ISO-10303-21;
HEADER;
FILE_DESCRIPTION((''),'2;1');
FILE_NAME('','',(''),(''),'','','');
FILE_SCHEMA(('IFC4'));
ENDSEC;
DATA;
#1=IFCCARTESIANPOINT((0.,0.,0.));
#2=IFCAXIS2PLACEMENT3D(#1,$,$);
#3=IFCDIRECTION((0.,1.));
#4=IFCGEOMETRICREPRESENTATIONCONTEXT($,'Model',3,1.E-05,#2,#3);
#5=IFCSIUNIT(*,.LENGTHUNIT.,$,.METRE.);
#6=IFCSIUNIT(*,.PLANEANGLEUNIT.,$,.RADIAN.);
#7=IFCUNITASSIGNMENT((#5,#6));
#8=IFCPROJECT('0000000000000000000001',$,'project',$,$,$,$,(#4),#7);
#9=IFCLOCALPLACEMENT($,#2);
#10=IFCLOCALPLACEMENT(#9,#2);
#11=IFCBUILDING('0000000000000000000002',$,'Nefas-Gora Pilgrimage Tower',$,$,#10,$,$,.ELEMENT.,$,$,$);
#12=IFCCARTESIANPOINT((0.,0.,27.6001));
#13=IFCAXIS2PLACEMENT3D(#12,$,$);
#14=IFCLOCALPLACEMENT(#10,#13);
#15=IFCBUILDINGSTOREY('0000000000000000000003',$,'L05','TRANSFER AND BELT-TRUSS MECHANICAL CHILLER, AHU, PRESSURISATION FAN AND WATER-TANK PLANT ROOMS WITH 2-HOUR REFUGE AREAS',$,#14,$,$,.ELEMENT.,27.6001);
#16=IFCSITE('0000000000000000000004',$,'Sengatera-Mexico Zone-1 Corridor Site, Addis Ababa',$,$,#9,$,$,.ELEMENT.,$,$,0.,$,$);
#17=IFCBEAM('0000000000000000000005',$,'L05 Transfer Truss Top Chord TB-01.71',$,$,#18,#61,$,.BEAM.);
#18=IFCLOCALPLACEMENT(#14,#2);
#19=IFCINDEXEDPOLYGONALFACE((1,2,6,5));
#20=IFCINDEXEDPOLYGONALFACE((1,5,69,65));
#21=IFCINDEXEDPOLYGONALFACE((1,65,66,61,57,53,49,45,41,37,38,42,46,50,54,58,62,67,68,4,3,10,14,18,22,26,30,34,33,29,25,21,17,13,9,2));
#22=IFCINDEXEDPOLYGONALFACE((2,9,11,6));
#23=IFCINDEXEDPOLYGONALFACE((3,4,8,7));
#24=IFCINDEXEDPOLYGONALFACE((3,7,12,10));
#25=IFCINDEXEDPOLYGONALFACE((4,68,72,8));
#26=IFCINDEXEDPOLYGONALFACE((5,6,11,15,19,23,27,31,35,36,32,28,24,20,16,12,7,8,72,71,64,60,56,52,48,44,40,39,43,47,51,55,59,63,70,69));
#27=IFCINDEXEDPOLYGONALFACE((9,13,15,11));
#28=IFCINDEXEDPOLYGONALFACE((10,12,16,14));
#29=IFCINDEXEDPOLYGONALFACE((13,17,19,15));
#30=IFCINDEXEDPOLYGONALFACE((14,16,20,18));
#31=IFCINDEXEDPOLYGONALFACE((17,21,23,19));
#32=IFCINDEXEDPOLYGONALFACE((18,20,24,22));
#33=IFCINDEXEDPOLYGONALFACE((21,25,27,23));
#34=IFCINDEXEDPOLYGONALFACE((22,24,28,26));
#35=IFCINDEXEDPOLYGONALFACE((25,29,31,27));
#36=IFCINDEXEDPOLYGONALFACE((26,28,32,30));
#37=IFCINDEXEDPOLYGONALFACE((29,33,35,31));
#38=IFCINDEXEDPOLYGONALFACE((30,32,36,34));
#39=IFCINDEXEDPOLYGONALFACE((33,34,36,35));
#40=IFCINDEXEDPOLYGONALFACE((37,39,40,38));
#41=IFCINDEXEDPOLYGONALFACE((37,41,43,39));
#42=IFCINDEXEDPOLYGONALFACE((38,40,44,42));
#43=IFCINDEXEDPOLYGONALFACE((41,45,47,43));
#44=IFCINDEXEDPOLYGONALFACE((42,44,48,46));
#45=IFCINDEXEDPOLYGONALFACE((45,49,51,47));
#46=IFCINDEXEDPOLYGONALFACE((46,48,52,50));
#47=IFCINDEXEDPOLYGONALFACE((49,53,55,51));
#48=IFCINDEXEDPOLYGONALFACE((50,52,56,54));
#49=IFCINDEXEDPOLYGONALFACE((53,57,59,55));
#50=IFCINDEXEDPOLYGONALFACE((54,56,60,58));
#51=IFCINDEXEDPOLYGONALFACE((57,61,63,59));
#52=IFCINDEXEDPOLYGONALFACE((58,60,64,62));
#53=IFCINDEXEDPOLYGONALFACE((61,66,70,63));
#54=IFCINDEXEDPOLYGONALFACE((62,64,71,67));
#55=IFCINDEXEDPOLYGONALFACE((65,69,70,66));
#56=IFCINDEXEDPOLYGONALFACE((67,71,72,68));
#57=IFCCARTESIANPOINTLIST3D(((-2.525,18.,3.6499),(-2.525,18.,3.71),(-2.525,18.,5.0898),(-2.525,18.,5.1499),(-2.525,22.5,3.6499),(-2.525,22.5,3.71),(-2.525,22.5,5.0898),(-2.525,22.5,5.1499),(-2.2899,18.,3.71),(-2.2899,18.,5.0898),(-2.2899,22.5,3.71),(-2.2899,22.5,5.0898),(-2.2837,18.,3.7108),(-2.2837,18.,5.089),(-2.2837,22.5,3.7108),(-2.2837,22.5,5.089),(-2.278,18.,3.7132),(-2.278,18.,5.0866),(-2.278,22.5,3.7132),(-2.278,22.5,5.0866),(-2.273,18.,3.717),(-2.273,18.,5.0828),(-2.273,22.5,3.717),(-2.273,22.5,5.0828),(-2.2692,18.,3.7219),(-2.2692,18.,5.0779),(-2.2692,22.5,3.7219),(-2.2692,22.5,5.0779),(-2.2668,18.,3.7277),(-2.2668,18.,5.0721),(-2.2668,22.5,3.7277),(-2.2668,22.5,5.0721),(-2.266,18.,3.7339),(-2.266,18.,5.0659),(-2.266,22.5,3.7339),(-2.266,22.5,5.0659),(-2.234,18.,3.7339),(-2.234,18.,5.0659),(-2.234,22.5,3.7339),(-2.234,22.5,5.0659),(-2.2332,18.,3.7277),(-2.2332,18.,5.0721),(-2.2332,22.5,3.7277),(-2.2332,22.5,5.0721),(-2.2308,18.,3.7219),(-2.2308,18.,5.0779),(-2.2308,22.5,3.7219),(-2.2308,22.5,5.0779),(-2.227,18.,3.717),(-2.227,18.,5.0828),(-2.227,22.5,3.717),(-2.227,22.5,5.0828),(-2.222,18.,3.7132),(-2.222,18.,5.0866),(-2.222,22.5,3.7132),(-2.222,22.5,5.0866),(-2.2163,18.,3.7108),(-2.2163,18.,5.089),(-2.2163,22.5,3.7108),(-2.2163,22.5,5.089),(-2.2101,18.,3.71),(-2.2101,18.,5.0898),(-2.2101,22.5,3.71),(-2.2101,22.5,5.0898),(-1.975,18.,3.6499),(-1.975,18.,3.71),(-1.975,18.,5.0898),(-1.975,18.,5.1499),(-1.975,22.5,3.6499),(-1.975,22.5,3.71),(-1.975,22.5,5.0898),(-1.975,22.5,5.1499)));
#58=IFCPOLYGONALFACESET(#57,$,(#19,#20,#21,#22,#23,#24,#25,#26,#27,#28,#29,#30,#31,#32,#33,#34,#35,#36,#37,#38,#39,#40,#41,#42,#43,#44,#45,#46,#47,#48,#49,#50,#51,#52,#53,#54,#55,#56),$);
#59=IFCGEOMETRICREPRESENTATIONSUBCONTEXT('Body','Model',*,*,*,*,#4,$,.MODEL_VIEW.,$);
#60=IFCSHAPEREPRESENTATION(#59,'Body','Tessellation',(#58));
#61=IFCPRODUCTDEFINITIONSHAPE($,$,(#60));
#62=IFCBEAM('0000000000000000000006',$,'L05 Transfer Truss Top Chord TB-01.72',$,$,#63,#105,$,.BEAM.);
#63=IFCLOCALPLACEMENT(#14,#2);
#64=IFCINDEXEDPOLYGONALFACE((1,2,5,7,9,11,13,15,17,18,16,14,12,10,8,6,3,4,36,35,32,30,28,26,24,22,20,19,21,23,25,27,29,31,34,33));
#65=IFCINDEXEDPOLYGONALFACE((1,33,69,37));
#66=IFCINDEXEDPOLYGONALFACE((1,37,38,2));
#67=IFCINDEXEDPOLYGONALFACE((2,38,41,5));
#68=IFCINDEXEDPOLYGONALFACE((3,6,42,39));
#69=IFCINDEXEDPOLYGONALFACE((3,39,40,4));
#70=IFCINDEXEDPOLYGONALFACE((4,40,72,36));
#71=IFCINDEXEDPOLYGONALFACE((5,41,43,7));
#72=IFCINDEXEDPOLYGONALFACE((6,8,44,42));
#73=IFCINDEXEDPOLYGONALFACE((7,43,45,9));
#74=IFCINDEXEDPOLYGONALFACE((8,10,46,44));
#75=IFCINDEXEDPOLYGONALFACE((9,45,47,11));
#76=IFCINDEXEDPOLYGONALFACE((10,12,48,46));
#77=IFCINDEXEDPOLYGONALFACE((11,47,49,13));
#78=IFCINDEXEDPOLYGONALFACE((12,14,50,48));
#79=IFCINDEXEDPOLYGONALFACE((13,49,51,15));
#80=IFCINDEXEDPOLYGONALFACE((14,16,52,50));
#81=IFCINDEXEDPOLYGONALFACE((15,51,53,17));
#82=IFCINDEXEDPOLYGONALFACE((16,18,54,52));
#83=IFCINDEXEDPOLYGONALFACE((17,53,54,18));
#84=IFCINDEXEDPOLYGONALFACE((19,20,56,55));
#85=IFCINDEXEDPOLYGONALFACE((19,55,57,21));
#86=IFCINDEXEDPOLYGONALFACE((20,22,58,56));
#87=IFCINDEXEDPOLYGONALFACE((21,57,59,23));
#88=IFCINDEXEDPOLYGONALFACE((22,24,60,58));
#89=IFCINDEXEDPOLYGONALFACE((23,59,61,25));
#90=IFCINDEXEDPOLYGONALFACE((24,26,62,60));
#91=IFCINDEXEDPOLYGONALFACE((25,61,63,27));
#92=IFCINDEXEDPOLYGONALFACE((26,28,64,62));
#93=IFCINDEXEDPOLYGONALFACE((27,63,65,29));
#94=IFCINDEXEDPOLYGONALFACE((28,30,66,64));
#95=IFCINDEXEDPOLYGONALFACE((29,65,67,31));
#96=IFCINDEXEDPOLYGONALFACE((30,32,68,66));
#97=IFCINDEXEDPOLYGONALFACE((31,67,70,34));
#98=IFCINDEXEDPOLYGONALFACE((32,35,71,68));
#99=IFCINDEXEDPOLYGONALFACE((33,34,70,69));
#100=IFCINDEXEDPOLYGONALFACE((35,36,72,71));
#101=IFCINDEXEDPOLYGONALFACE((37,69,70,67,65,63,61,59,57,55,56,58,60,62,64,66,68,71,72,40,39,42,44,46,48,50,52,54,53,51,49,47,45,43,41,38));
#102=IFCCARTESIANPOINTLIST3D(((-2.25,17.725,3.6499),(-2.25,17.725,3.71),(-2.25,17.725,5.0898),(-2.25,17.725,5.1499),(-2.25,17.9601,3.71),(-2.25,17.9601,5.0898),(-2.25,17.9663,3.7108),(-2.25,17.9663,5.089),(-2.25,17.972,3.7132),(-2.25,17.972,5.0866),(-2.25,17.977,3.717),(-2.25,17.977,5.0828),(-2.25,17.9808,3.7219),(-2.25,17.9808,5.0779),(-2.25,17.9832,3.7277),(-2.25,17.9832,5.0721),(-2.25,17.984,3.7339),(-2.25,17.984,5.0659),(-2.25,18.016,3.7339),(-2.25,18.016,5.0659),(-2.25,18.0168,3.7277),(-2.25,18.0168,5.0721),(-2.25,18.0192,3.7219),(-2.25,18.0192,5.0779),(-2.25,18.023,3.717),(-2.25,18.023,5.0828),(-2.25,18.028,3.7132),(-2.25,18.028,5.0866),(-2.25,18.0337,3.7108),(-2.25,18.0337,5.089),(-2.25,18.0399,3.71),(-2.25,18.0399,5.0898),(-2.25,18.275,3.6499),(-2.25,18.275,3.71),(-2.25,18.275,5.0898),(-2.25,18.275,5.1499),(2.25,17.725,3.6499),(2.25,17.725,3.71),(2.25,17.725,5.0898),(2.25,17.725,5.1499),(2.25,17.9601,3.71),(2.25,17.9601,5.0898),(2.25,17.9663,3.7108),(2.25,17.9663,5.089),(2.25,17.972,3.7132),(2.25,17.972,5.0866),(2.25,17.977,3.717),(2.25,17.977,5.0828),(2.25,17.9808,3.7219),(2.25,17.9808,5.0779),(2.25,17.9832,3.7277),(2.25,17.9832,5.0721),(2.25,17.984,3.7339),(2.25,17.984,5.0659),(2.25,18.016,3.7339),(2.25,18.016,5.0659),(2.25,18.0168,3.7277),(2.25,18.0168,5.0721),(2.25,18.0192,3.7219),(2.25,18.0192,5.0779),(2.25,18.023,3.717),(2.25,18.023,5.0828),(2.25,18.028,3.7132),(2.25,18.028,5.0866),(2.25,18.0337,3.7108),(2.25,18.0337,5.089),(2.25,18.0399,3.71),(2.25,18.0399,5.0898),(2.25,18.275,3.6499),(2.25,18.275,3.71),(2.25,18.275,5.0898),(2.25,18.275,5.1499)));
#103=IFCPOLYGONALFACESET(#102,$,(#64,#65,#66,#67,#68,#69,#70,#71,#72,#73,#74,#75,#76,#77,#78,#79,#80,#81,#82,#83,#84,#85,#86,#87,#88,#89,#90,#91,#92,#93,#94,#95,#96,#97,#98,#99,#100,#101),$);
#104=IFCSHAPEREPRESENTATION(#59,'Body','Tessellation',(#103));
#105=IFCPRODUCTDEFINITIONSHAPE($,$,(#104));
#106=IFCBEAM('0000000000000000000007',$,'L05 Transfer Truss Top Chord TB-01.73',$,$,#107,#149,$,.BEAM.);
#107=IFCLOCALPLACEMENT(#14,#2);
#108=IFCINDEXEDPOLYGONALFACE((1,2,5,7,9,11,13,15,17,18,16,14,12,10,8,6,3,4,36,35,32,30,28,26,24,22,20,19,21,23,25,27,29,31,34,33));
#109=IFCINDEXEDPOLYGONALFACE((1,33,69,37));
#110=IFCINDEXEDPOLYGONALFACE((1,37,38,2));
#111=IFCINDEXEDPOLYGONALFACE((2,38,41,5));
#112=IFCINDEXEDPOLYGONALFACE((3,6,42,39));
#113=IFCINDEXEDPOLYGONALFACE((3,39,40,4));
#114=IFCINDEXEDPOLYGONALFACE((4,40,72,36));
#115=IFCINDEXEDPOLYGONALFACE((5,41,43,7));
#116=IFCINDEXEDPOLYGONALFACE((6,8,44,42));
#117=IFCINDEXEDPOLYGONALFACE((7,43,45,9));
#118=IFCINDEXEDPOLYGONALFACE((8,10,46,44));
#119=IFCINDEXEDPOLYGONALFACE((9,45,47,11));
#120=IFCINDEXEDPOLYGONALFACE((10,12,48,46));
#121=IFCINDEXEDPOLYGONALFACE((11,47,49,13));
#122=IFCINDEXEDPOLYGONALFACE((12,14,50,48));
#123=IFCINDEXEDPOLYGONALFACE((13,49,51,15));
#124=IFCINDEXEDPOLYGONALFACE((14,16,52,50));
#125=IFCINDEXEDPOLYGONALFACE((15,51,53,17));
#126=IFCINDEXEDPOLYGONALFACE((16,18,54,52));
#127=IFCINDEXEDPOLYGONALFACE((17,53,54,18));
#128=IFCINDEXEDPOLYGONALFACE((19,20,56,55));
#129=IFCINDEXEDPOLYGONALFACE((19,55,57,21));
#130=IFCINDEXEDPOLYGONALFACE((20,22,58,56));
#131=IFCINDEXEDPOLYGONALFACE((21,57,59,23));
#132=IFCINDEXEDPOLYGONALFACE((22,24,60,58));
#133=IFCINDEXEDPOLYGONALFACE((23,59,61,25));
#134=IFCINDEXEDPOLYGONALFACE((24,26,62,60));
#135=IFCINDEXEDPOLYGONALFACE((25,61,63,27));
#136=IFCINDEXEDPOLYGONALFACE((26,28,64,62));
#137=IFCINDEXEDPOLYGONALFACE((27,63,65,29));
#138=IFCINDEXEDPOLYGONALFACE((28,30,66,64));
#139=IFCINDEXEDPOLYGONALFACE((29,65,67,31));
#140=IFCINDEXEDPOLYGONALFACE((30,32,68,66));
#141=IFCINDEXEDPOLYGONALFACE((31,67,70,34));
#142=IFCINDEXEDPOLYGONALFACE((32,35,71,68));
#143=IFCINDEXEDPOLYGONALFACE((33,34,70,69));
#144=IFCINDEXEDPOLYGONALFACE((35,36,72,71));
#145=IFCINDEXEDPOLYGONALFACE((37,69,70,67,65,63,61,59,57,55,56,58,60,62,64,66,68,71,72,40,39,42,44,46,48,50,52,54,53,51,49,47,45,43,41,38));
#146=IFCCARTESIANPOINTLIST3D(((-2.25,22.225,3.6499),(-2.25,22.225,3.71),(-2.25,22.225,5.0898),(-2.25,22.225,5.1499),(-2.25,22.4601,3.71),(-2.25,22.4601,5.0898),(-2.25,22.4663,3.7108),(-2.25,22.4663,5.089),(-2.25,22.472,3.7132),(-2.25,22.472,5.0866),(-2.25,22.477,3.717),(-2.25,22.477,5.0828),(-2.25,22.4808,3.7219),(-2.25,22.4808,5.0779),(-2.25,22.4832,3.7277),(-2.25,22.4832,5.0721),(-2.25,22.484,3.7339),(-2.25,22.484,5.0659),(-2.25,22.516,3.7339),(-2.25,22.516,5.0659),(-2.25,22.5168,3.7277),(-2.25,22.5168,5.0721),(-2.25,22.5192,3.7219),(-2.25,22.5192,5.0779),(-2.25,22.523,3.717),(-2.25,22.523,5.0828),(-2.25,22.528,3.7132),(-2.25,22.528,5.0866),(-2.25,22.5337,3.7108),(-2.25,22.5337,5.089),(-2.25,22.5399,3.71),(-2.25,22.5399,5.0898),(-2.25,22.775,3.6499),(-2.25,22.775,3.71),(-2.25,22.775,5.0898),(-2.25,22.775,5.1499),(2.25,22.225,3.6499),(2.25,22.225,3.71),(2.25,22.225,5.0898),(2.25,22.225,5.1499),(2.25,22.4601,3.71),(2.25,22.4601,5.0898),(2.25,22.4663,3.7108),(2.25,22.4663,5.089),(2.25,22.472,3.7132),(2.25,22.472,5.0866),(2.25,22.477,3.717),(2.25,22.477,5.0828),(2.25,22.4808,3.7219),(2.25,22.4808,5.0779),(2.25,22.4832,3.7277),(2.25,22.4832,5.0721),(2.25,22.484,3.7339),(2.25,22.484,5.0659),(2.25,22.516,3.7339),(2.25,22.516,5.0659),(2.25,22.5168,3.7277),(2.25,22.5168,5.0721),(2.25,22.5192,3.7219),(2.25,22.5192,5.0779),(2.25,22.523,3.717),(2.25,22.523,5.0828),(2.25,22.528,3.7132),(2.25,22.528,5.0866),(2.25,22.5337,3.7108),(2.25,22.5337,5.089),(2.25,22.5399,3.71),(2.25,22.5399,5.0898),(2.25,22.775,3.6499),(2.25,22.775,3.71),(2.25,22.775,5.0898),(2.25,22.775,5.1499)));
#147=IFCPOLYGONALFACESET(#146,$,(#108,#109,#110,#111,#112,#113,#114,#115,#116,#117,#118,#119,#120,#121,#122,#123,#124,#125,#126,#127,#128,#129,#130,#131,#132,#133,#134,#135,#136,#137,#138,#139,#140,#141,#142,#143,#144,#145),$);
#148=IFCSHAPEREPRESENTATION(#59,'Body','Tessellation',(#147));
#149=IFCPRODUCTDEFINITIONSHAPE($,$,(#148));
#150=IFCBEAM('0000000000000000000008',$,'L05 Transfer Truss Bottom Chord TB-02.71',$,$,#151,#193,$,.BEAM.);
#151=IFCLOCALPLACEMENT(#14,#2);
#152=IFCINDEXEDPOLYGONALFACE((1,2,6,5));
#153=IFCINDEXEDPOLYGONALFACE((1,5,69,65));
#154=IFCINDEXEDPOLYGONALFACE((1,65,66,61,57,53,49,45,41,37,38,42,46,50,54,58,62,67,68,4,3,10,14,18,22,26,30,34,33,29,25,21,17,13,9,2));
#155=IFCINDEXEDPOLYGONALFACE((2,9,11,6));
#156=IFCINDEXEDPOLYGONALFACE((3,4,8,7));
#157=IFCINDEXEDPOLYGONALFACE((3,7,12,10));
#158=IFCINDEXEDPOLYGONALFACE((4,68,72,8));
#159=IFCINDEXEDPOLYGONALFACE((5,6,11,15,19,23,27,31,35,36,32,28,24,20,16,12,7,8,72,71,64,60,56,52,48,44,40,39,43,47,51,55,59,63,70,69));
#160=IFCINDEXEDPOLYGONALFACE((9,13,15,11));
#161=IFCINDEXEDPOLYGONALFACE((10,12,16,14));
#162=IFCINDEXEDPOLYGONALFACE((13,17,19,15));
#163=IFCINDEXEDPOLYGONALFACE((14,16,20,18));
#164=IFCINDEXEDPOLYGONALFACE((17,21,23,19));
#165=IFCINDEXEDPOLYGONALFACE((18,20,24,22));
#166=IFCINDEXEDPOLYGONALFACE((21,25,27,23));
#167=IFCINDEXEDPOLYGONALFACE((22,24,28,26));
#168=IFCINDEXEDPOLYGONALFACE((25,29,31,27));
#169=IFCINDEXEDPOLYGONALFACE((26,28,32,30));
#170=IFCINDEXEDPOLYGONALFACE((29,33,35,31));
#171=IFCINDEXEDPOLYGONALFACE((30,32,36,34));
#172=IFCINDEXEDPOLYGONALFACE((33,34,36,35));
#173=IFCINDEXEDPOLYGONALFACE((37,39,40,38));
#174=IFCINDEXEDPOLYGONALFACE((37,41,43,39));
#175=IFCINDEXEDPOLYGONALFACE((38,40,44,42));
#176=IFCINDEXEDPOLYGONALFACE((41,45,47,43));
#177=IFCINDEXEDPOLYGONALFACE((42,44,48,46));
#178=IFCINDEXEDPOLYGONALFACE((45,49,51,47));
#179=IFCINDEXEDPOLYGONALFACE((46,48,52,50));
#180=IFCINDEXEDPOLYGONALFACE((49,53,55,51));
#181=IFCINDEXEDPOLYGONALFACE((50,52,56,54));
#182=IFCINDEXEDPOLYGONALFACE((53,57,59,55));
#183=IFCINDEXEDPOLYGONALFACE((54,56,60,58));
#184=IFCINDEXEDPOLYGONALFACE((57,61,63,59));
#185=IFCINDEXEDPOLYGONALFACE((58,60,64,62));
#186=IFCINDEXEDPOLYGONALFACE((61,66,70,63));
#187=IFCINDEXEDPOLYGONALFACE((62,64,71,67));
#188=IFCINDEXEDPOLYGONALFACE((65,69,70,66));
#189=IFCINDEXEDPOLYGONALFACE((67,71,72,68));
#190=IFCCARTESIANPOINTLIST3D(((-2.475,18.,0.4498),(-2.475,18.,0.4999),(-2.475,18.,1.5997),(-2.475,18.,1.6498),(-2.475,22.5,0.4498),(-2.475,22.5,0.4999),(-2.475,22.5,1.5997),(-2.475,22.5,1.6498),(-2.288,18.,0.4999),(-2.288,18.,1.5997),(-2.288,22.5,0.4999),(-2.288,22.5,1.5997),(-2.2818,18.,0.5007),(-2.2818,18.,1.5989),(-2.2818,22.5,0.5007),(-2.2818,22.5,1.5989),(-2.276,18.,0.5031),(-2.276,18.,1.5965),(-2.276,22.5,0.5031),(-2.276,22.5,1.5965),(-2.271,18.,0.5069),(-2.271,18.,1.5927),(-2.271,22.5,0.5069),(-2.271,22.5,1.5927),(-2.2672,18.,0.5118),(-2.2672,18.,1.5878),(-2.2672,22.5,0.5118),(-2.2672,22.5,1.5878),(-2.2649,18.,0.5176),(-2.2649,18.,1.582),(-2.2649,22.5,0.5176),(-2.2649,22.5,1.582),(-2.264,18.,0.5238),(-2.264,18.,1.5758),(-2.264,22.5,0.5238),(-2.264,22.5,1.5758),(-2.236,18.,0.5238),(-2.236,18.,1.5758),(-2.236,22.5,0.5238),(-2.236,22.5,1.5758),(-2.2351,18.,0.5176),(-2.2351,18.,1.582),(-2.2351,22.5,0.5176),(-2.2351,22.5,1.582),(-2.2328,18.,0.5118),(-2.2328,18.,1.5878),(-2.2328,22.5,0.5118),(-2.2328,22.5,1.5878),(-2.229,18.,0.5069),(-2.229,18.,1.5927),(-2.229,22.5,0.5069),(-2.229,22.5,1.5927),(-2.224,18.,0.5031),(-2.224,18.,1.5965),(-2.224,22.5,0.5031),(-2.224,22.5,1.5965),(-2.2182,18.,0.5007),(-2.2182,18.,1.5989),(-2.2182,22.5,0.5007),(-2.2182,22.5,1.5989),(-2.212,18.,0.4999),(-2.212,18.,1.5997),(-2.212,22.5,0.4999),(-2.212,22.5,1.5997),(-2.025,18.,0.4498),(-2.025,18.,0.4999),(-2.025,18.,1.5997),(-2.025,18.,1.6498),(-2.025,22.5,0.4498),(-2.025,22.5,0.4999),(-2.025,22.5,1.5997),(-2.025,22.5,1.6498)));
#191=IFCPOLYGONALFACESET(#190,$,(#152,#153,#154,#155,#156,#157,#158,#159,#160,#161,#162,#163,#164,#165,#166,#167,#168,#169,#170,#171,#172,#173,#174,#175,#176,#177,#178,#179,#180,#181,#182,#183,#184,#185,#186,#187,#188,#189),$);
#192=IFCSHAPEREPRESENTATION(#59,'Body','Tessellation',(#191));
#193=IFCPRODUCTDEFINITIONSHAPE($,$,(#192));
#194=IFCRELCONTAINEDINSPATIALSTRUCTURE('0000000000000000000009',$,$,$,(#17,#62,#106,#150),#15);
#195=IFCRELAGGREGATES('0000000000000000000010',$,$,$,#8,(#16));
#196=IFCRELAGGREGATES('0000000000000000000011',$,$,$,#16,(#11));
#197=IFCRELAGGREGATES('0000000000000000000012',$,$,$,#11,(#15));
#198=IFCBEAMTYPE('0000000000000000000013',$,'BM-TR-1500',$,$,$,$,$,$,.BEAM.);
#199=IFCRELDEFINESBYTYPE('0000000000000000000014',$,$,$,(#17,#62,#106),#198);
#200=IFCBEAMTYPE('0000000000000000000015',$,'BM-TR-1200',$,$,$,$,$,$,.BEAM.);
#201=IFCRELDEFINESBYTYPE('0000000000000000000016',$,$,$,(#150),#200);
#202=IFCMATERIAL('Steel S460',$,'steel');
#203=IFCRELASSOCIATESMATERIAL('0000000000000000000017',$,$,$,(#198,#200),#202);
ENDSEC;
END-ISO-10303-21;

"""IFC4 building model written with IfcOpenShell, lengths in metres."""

from ifc_helpers import new_model, si_unit, direction, frame, origin, origin_2d, place, context, subcontext, project, spatial, i_section, extrude, source, transform, mapped, material, material_profile, profile_set, type_object, element, save


model = new_model("IFC4")

# Units and contexts
model_context = context("Model", 3, precision=1e-05, world=origin(), true_north=direction((0.0, 1.0)))
body_context = subcontext(model_context, "Body", "Model", "MODEL_VIEW")
ifc_project = project(units=[si_unit("LENGTHUNIT", "METRE"), si_unit("PLANEANGLEUNIT", "RADIAN")], contexts=[model_context])

# Site, building, storey
site_placement = place(None, origin())
site = spatial("IfcSite", under=ifc_project, at=site_placement, Name="Sengatera-Mexico Zone-1 Corridor Site, Addis Ababa", CompositionType="ELEMENT", RefElevation=0.0)
building_placement = place(site_placement, origin())
building = spatial("IfcBuilding", under=site, at=building_placement, Name="Nefas-Gora Pilgrimage Tower", CompositionType="ELEMENT")
storey_placement = place(building_placement, frame((0.0, 0.0, 27.6001)))
storey = spatial("IfcBuildingStorey", under=building, at=storey_placement, Name="L05", Description="TRANSFER AND BELT-TRUSS MECHANICAL CHILLER, AHU, PRESSURISATION FAN AND WATER-TANK PLANT ROOMS WITH 2-HOUR REFUGE AREAS", CompositionType="ELEMENT", Elevation=27.6001)

# Shared definitions
ifc_material = material(Name="Steel S460", Category="steel")

# Beams
ifc_material_profile_1 = material_profile(ifc_material, i_section(OverallWidth=0.55, OverallDepth=1.5, WebThickness=0.032, FlangeThickness=0.0601, FilletRadius=0.0239, at=origin_2d()), Name="WPG 1500x550x32x60")
ifc_profile_set_1 = profile_set([ifc_material_profile_1], Name="Steel S460")
beam_type_1 = type_object("IfcBeamType", Name="BM-TR-1500", PredefinedType="BEAM", material=ifc_profile_set_1)
shared_shape_1 = source(origin(), body_context, "Body", "SweptSolid", [
    extrude(i_section(OverallWidth=0.55, OverallDepth=1.5, WebThickness=0.032, FlangeThickness=0.0601, FilletRadius=0.0239, at=origin_2d()), origin(), (0.0, 0.0, 1.0), 4.5),
])
for number, where, z_axis, x_axis, name in (
    (1, (-2.25, 18.0, 4.3999), (0.0, 1.0, 0.0), (-1.0, 0.0, 0.0), "L05 Transfer Truss Top Chord TB-01.71"),
    (2, (-2.25, 18.0, 4.3999), (1.0, 0.0, 0.0), (0.0, 1.0, 0.0), "L05 Transfer Truss Top Chord TB-01.72"),
    (3, (-2.25, 22.5, 4.3999), (1.0, 0.0, 0.0), (0.0, 1.0, 0.0), "L05 Transfer Truss Top Chord TB-01.73"),
):
    element("IfcBeam", number, at=place(storey_placement, frame(where, z_axis=z_axis, x_axis=x_axis)), inside=storey, type_object=beam_type_1, Name=name, PredefinedType="BEAM", context=body_context, shape_type="MappedRepresentation", body=[
        mapped(shared_shape_1, transform((0.0, 0.0, 0.0), x_axis=(1.0, 0.0, 0.0), y_axis=(0.0, 1.0, 0.0), z_axis=(0.0, 0.0, 1.0), scale=1.0)),
    ])
ifc_material_profile_2 = material_profile(ifc_material, i_section(OverallWidth=0.45, OverallDepth=1.2, WebThickness=0.0281, FlangeThickness=0.05, FilletRadius=0.0239, at=origin_2d()), Name="WPG 1200x450x28x50")
ifc_profile_set_2 = profile_set([ifc_material_profile_2], Name="Steel S460")
beam_type_2 = type_object("IfcBeamType", Name="BM-TR-1200", PredefinedType="BEAM", material=ifc_profile_set_2)
shared_shape_2 = source(origin(), body_context, "Body", "SweptSolid", [
    extrude(i_section(OverallWidth=0.45, OverallDepth=1.2, WebThickness=0.0281, FlangeThickness=0.05, FilletRadius=0.0239, at=origin_2d()), origin(), (0.0, 0.0, 1.0), 4.5),
])
for number, where, z_axis, x_axis, name in (
    (4, (-2.25, 18.0, 1.0498), (0.0, 1.0, 0.0), (-1.0, 0.0, 0.0), "L05 Transfer Truss Bottom Chord TB-02.71"),
):
    element("IfcBeam", number, at=place(storey_placement, frame(where, z_axis=z_axis, x_axis=x_axis)), inside=storey, type_object=beam_type_2, Name=name, PredefinedType="BEAM", context=body_context, shape_type="MappedRepresentation", body=[
        mapped(shared_shape_2, transform((0.0, 0.0, 0.0), x_axis=(1.0, 0.0, 0.0), y_axis=(0.0, 1.0, 0.0), z_axis=(0.0, 0.0, 1.0), scale=1.0)),
    ])

save(model, "model.ifc")
